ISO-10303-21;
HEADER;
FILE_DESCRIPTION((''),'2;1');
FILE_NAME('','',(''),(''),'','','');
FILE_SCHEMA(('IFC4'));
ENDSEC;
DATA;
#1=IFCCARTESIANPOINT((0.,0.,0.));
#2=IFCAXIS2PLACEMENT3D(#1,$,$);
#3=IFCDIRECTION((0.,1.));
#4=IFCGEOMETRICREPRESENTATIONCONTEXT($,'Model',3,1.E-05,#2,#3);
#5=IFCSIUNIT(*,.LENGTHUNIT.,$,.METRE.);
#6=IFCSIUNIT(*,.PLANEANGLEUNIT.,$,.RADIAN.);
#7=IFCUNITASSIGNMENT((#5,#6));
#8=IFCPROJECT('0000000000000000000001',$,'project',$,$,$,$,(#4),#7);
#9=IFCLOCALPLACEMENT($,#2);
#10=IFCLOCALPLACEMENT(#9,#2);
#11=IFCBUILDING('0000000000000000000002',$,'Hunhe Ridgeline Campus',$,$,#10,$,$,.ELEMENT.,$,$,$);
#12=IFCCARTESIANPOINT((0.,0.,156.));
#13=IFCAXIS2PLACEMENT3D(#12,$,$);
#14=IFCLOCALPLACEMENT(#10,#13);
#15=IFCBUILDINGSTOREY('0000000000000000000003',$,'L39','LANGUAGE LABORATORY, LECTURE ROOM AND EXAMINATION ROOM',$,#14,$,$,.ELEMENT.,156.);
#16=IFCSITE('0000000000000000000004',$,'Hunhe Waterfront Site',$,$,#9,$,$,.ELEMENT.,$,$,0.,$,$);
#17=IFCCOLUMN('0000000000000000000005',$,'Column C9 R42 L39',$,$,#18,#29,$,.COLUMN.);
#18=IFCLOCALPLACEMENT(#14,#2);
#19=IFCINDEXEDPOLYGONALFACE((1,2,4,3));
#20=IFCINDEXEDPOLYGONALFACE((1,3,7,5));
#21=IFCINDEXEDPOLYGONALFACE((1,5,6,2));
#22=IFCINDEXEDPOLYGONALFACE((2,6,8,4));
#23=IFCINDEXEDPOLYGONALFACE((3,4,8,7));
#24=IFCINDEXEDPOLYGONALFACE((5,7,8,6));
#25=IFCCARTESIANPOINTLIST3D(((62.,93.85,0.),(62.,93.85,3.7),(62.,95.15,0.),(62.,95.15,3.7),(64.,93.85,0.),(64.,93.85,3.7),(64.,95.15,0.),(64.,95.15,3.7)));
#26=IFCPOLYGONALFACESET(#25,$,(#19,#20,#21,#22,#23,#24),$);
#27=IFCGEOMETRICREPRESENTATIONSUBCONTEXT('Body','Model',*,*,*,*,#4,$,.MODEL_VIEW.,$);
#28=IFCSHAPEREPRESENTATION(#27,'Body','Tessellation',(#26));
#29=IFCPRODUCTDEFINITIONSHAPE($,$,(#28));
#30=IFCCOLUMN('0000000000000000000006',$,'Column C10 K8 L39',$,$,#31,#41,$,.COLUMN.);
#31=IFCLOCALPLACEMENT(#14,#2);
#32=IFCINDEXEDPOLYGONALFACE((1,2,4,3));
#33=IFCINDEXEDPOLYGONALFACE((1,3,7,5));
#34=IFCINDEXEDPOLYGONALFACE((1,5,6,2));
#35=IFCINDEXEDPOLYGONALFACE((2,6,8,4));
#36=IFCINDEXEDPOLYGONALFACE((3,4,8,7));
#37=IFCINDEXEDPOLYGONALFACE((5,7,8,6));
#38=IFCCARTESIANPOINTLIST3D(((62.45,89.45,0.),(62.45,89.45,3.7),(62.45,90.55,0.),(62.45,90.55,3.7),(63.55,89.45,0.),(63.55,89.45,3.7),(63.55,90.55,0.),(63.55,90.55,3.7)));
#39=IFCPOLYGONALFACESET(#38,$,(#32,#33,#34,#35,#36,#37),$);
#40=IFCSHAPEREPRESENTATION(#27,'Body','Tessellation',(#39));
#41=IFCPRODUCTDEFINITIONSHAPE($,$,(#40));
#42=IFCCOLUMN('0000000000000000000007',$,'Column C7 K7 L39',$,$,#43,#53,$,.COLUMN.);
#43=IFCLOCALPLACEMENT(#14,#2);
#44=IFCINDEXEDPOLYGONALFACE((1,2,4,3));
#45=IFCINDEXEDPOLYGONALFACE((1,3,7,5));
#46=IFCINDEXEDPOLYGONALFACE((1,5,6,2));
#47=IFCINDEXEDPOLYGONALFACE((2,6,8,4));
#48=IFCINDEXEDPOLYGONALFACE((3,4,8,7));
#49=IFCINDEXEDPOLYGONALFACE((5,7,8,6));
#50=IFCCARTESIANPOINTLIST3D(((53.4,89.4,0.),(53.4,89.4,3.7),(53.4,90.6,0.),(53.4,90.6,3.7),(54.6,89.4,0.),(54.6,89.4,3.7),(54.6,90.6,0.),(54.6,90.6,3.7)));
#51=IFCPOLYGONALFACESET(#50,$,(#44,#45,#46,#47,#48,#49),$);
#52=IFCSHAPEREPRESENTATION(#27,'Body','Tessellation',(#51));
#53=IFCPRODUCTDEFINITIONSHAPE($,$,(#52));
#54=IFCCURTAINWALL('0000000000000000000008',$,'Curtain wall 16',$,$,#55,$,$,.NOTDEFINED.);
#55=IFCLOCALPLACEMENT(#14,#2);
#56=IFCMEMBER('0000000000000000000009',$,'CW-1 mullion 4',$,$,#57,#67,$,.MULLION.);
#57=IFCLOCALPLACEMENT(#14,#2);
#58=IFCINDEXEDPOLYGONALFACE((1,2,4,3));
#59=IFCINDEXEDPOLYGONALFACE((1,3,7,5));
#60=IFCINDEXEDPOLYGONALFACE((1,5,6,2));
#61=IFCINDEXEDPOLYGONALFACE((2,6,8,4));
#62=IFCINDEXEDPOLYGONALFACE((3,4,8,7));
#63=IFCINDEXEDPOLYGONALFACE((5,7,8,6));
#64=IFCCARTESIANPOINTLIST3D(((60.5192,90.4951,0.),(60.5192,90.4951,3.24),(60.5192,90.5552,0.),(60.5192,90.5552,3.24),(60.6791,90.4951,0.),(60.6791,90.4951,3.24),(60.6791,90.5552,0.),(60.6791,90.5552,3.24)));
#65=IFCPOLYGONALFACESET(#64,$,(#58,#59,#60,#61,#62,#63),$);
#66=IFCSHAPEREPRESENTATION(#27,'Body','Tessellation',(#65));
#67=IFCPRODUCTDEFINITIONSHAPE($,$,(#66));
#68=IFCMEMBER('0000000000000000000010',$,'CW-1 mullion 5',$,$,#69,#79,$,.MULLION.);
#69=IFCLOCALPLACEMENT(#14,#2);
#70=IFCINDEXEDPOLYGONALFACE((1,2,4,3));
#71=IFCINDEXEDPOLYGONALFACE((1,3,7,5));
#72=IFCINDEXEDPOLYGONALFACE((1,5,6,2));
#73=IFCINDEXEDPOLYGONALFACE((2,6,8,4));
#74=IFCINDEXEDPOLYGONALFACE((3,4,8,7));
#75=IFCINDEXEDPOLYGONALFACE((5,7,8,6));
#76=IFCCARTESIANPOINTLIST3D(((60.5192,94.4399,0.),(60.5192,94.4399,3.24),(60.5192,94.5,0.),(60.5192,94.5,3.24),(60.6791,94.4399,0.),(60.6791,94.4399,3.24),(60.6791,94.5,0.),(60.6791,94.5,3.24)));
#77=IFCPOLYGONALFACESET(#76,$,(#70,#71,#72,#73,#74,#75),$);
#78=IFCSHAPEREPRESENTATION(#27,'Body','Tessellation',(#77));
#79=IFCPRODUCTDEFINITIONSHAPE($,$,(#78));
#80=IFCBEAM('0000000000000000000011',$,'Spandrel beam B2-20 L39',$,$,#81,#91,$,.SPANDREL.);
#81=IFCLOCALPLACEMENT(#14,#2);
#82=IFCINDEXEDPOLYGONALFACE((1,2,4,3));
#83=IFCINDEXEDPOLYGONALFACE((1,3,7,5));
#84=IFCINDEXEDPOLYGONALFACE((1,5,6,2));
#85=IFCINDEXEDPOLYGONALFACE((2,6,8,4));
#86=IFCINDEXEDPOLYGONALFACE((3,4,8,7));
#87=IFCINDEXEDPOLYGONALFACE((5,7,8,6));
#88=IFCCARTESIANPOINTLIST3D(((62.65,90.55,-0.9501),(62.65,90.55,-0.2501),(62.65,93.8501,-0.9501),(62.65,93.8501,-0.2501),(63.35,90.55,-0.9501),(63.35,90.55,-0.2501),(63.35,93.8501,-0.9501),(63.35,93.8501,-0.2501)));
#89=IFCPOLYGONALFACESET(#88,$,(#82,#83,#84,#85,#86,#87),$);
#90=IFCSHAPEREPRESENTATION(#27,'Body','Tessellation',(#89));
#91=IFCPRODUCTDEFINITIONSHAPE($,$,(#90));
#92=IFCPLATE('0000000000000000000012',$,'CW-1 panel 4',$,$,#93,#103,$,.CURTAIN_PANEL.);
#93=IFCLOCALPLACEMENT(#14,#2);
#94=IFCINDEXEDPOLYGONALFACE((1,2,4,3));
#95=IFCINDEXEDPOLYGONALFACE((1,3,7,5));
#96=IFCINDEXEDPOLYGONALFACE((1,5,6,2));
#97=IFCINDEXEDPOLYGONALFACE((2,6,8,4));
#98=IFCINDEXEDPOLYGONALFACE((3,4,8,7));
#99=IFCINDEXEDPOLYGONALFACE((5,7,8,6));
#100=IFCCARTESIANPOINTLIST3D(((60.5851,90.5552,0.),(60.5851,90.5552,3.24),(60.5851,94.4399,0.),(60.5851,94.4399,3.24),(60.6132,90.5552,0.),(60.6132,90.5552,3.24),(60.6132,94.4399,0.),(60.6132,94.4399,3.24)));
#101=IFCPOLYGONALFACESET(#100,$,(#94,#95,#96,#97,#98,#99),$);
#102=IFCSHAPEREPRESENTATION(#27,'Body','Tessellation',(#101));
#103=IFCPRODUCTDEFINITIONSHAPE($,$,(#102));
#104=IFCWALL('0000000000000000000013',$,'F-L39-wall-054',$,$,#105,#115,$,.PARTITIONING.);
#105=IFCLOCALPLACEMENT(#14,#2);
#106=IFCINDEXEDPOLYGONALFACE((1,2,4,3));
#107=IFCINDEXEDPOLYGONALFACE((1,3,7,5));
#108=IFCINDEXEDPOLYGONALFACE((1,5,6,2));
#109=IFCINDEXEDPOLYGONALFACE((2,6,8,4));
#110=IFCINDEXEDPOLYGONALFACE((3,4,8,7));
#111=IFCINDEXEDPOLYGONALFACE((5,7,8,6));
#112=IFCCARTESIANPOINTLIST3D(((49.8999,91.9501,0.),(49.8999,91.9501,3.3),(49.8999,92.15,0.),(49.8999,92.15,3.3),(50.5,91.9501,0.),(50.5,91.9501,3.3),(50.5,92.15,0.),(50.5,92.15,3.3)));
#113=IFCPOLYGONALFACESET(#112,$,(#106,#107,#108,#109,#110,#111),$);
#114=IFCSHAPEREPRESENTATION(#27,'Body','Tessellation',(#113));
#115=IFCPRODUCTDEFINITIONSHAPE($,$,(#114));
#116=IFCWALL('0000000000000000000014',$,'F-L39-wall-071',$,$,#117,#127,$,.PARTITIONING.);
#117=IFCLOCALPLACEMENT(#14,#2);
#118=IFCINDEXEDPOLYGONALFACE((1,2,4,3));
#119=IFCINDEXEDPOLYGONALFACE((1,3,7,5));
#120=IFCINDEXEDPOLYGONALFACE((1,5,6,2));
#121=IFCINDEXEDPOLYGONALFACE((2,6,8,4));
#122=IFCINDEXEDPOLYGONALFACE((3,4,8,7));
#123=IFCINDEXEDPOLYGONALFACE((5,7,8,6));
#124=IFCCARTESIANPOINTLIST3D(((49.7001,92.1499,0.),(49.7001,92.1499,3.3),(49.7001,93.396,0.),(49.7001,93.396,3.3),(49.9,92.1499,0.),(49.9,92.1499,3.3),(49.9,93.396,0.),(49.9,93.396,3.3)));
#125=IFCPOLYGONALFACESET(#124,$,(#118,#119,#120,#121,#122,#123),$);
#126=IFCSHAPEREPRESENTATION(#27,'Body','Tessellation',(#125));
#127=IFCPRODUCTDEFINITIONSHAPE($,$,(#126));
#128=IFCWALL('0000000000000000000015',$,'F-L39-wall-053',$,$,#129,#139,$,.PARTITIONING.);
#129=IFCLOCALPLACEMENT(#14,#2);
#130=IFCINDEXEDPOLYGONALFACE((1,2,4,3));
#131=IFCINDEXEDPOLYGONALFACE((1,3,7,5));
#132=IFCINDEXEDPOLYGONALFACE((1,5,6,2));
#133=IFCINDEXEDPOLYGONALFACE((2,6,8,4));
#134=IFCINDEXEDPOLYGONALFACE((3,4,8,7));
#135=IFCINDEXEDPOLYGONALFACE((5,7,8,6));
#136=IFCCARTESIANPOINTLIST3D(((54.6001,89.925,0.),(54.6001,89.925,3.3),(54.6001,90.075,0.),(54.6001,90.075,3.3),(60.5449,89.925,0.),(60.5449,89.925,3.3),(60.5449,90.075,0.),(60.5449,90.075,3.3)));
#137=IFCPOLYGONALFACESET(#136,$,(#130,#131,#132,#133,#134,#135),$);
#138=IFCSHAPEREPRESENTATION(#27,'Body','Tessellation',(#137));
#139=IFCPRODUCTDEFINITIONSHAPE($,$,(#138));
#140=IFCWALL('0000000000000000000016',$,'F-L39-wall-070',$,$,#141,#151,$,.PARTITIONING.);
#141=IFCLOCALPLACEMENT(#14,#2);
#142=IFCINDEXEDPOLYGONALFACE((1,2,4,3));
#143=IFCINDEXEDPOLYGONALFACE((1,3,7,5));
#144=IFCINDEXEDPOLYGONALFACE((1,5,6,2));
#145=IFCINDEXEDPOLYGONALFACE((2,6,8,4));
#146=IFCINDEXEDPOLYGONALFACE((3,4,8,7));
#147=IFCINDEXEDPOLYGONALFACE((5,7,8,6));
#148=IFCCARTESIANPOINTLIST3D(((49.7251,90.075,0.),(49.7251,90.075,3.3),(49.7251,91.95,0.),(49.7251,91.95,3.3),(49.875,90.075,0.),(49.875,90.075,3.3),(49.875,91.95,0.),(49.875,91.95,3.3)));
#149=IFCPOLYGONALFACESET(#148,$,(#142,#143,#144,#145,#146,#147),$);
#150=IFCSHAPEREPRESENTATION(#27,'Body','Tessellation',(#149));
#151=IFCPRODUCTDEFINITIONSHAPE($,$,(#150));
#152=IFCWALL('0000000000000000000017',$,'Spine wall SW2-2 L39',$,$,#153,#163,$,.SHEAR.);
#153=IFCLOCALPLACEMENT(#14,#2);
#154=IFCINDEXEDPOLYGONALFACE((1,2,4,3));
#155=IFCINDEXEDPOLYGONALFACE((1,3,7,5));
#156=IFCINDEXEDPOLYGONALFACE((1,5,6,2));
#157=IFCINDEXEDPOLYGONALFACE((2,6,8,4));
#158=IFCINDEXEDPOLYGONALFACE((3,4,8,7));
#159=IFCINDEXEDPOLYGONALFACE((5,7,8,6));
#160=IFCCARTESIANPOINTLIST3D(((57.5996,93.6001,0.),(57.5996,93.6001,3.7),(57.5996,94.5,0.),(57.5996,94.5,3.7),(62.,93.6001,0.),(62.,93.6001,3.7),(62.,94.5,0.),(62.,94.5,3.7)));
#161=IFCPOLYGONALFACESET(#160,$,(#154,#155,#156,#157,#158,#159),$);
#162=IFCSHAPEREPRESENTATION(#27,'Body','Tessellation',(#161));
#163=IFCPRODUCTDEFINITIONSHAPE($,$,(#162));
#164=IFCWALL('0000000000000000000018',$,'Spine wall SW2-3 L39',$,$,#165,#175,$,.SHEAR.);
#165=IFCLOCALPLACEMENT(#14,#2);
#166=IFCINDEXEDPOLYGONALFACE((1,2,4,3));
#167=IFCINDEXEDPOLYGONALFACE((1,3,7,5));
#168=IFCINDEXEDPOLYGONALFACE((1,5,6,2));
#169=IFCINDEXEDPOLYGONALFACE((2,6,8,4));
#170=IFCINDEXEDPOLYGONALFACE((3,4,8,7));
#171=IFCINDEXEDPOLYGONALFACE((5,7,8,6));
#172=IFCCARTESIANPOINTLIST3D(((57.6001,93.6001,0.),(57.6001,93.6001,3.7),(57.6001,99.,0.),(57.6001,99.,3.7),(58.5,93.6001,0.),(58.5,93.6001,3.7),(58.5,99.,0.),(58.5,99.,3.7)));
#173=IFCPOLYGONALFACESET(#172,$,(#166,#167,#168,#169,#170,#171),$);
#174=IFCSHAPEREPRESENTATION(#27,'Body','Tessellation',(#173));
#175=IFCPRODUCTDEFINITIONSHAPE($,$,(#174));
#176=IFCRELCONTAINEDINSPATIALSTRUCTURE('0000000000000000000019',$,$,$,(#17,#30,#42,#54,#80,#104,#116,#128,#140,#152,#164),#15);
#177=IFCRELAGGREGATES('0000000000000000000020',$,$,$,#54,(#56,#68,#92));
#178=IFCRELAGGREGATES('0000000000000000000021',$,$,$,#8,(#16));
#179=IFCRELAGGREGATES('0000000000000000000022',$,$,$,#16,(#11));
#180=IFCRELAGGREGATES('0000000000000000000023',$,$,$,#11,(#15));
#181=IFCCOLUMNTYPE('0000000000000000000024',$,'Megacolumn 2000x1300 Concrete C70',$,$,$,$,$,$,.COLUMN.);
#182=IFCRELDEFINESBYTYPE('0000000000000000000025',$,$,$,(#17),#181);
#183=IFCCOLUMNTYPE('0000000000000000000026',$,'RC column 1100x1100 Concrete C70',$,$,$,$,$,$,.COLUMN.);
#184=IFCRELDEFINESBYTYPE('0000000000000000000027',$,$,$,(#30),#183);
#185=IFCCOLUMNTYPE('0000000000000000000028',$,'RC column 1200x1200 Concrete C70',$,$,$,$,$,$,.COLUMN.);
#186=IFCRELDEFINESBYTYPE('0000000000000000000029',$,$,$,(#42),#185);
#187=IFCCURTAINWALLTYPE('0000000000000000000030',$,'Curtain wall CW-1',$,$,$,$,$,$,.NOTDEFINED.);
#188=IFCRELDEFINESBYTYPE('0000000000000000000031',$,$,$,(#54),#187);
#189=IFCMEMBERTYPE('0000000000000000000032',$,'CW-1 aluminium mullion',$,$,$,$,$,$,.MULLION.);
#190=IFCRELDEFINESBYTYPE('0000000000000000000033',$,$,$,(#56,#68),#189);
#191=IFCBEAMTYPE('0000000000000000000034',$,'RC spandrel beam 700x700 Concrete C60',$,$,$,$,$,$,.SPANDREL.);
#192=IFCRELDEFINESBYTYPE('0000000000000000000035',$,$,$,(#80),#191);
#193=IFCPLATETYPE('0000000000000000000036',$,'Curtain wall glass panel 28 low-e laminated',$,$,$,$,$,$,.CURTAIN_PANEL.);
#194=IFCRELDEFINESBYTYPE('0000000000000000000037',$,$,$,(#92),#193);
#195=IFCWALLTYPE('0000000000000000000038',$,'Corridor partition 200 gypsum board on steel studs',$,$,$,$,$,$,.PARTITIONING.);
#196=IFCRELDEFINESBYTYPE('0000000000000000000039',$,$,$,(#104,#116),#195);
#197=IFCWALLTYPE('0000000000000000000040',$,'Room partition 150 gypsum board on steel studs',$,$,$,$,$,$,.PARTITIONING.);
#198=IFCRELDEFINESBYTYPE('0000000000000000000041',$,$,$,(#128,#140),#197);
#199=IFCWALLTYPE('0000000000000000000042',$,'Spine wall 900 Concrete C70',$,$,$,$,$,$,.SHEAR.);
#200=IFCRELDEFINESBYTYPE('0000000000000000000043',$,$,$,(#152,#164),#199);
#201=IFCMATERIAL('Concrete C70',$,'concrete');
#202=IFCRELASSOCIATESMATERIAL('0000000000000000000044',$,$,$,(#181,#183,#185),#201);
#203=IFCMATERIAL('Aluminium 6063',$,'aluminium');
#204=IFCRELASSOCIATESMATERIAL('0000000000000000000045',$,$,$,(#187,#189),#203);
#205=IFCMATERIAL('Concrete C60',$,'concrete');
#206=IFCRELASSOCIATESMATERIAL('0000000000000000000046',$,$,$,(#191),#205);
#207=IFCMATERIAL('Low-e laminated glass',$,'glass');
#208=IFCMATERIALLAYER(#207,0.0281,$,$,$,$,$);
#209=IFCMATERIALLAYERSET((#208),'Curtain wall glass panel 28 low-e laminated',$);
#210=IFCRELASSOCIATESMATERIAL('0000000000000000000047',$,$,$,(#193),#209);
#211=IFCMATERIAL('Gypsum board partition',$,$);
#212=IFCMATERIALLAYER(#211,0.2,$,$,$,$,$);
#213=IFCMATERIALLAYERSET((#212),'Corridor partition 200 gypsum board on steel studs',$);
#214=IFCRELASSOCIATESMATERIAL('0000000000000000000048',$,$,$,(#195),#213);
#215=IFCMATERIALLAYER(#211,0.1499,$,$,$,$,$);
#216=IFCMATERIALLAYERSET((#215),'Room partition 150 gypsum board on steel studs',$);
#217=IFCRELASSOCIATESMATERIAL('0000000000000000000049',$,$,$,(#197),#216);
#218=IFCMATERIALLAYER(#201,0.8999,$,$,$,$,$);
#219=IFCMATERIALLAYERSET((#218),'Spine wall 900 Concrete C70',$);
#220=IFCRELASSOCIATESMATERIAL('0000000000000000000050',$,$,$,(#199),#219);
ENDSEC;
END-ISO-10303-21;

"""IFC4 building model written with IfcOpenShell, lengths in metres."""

from ifc_helpers import new_model, si_unit, direction, frame, frame_2d, origin, origin_2d, place, context, subcontext, project, spatial, rectangle, extrude, material, layer, layer_set, material_profile, profile_set, type_object, element, aggregate, save


model = new_model("IFC4")

# Units and contexts
model_context = context("Model", 3, precision=1e-05, world=origin(), true_north=direction((0.0, 1.0)))
body_context = subcontext(model_context, "Body", "Model", "MODEL_VIEW")
ifc_project = project(units=[si_unit("LENGTHUNIT", "METRE"), si_unit("PLANEANGLEUNIT", "RADIAN")], contexts=[model_context])

# Site, building, storey
site_placement = place(None, origin())
site = spatial("IfcSite", under=ifc_project, at=site_placement, Name="Hunhe Waterfront Site", CompositionType="ELEMENT", RefElevation=0.0)
building_placement = place(site_placement, origin())
building = spatial("IfcBuilding", under=site, at=building_placement, Name="Hunhe Ridgeline Campus", CompositionType="ELEMENT")
storey_placement = place(building_placement, frame((0.0, 0.0, 156.0)))
storey = spatial("IfcBuildingStorey", under=building, at=storey_placement, Name="L39", Description="LANGUAGE LABORATORY, LECTURE ROOM AND EXAMINATION ROOM", CompositionType="ELEMENT", Elevation=156.0)

# Columns
ifc_material_1 = material(Name="Concrete C70", Category="concrete")
ifc_material_profile_1 = material_profile(ifc_material_1, rectangle(XDim=2.0, YDim=1.3, at=origin_2d()))
ifc_profile_set_1 = profile_set([ifc_material_profile_1], Name="Concrete C70")
column_type_1 = type_object("IfcColumnType", Name="Megacolumn 2000x1300 Concrete C70", PredefinedType="COLUMN", material=ifc_profile_set_1)
column_1_placement = place(storey_placement, frame((63.0, 94.5, 0.0), z_axis=(0.0, 0.0, 1.0), x_axis=(1.0, 0.0, 0.0)))
element("IfcColumn", 1, at=column_1_placement, inside=storey, type_object=column_type_1, Name="Column C9 R42 L39", PredefinedType="COLUMN", context=body_context, shape_type="SweptSolid", body=[
    extrude(rectangle(XDim=2.0, YDim=1.3, at=origin_2d()), origin(), (0.0, 0.0, 1.0), 3.7),
])
ifc_material_profile_2 = material_profile(ifc_material_1, rectangle(XDim=1.1001, YDim=1.1001, at=origin_2d()))
ifc_profile_set_2 = profile_set([ifc_material_profile_2], Name="Concrete C70")
column_type_2 = type_object("IfcColumnType", Name="RC column 1100x1100 Concrete C70", PredefinedType="COLUMN", material=ifc_profile_set_2)
column_2_placement = place(storey_placement, frame((63.0, 90.0, 0.0), z_axis=(0.0, 0.0, 1.0), x_axis=(1.0, 0.0, 0.0)))
element("IfcColumn", 2, at=column_2_placement, inside=storey, type_object=column_type_2, Name="Column C10 K8 L39", PredefinedType="COLUMN", context=body_context, shape_type="SweptSolid", body=[
    extrude(rectangle(XDim=1.1001, YDim=1.1001, at=origin_2d()), origin(), (0.0, 0.0, 1.0), 3.7),
])
ifc_material_profile_3 = material_profile(ifc_material_1, rectangle(XDim=1.2, YDim=1.2, at=origin_2d()))
ifc_profile_set_3 = profile_set([ifc_material_profile_3], Name="Concrete C70")
column_type_3 = type_object("IfcColumnType", Name="RC column 1200x1200 Concrete C70", PredefinedType="COLUMN", material=ifc_profile_set_3)
column_3_placement = place(storey_placement, frame((54.0, 90.0, 0.0), z_axis=(0.0, 0.0, 1.0), x_axis=(1.0, 0.0, 0.0)))
element("IfcColumn", 3, at=column_3_placement, inside=storey, type_object=column_type_3, Name="Column C7 K7 L39", PredefinedType="COLUMN", context=body_context, shape_type="SweptSolid", body=[
    extrude(rectangle(XDim=1.2, YDim=1.2, at=origin_2d()), origin(), (0.0, 0.0, 1.0), 3.7),
])

# Curtain wall, members
ifc_material_2 = material(Name="Aluminium 6063", Category="aluminium")
curtain_wall_type = type_object("IfcCurtainWallType", Name="Curtain wall CW-1", PredefinedType="NOTDEFINED", material=ifc_material_2)
curtain_wall_placement = place(storey_placement, origin())
curtain_wall = element("IfcCurtainWall", 4, at=curtain_wall_placement, inside=storey, type_object=curtain_wall_type, Name="Curtain wall 16", PredefinedType="NOTDEFINED")
ifc_material_profile_4 = material_profile(ifc_material_2, rectangle(XDim=0.1599, YDim=0.0601, at=origin_2d()))
ifc_profile_set_4 = profile_set([ifc_material_profile_4], Name="Aluminium 6063")
member_type = type_object("IfcMemberType", Name="CW-1 aluminium mullion", PredefinedType="MULLION", material=ifc_profile_set_4)
member_1_placement = place(storey_placement, frame((60.5991, 90.5251, 0.0), z_axis=(0.0, 0.0, 1.0), x_axis=(-1.0, 0.0, 0.0)))
member_1 = element("IfcMember", 5, at=member_1_placement, type_object=member_type, Name="CW-1 mullion 4", PredefinedType="MULLION", context=body_context, shape_type="SweptSolid", body=[
    extrude(rectangle(XDim=0.1599, YDim=0.0601, at=origin_2d()), origin(), (0.0, 0.0, 1.0), 3.24),
])
member_2_placement = place(storey_placement, frame((60.5991, 94.47, 0.0), z_axis=(0.0, 0.0, 1.0), x_axis=(-1.0, 0.0, 0.0)))
member_2 = element("IfcMember", 6, at=member_2_placement, type_object=member_type, Name="CW-1 mullion 5", PredefinedType="MULLION", context=body_context, shape_type="SweptSolid", body=[
    extrude(rectangle(XDim=0.1599, YDim=0.0601, at=origin_2d()), origin(), (0.0, 0.0, 1.0), 3.24),
])

# Beam
ifc_material_3 = material(Name="Concrete C60", Category="concrete")
ifc_material_profile_5 = material_profile(ifc_material_3, rectangle(XDim=0.7, YDim=0.7, at=origin_2d()))
ifc_profile_set_5 = profile_set([ifc_material_profile_5], Name="Concrete C60")
beam_type = type_object("IfcBeamType", Name="RC spandrel beam 700x700 Concrete C60", PredefinedType="SPANDREL", material=ifc_profile_set_5)
beam_placement = place(storey_placement, frame((63.0, 90.55, -0.6001), z_axis=(0.0, 1.0, 0.0), x_axis=(-1.0, 0.0, 0.0)))
element("IfcBeam", 7, at=beam_placement, inside=storey, type_object=beam_type, Name="Spandrel beam B2-20 L39", PredefinedType="SPANDREL", context=body_context, shape_type="SweptSolid", body=[
    extrude(rectangle(XDim=0.7, YDim=0.7, at=origin_2d()), origin(), (0.0, 0.0, 1.0), 3.3),
])

# Plate
ifc_material_4 = material(Name="Low-e laminated glass", Category="glass")
ifc_layer_1 = layer(ifc_material_4, 0.0281)
ifc_layer_set_1 = layer_set([ifc_layer_1], Name="Curtain wall glass panel 28 low-e laminated")
plate_type = type_object("IfcPlateType", Name="Curtain wall glass panel 28 low-e laminated", PredefinedType="CURTAIN_PANEL", material=ifc_layer_set_1)
plate_placement = place(storey_placement, frame((60.5991, 92.4976, 0.0), z_axis=(0.0, 0.0, 1.0), x_axis=(0.0, 1.0, 0.0)))
plate = element("IfcPlate", 8, at=plate_placement, type_object=plate_type, Name="CW-1 panel 4", PredefinedType="CURTAIN_PANEL", context=body_context, shape_type="SweptSolid", body=[
    extrude(rectangle(XDim=3.8848, YDim=0.0281, at=origin_2d()), origin(), (0.0, 0.0, 1.0), 3.24),
])
aggregate(curtain_wall, [member_1, member_2, plate])

# Walls
ifc_material_5 = material(Name="Gypsum board partition")
ifc_layer_2 = layer(ifc_material_5, 0.2)
ifc_layer_set_2 = layer_set([ifc_layer_2], Name="Corridor partition 200 gypsum board on steel studs")
wall_type_1 = type_object("IfcWallType", Name="Corridor partition 200 gypsum board on steel studs", PredefinedType="PARTITIONING", material=ifc_layer_set_2)
wall_1_placement = place(storey_placement, frame((50.5, 92.05, 0.0), z_axis=(0.0, 0.0, 1.0), x_axis=(-1.0, 0.0, 0.0)))
element("IfcWall", 9, at=wall_1_placement, inside=storey, type_object=wall_type_1, Name="F-L39-wall-054", PredefinedType="PARTITIONING", context=body_context, shape_type="SweptSolid", body=[
    extrude(rectangle(XDim=0.6001, YDim=0.2, at=frame_2d((0.3, 0.0))), origin(), (0.0, 0.0, 1.0), 3.3),
])
wall_2_placement = place(storey_placement, frame((49.8, 92.1499, 0.0), z_axis=(0.0, 0.0, 1.0), x_axis=(0.0, 1.0, 0.0)))
element("IfcWall", 10, at=wall_2_placement, inside=storey, type_object=wall_type_1, Name="F-L39-wall-071", PredefinedType="PARTITIONING", context=body_context, shape_type="SweptSolid", body=[
    extrude(rectangle(XDim=1.2461, YDim=0.2, at=frame_2d((0.623, 0.0))), origin(), (0.0, 0.0, 1.0), 3.3),
])

# Walls
ifc_layer_3 = layer(ifc_material_5, 0.1499)
ifc_layer_set_3 = layer_set([ifc_layer_3], Name="Room partition 150 gypsum board on steel studs")
wall_type_2 = type_object("IfcWallType", Name="Room partition 150 gypsum board on steel studs", PredefinedType="PARTITIONING", material=ifc_layer_set_3)
wall_3_placement = place(storey_placement, frame((54.6001, 90.0, 0.0), z_axis=(0.0, 0.0, 1.0), x_axis=(1.0, 0.0, 0.0)))
element("IfcWall", 11, at=wall_3_placement, inside=storey, type_object=wall_type_2, Name="F-L39-wall-053", PredefinedType="PARTITIONING", context=body_context, shape_type="SweptSolid", body=[
    extrude(rectangle(XDim=5.9448, YDim=0.1499, at=frame_2d((2.9724, 0.0))), origin(), (0.0, 0.0, 1.0), 3.3),
])
wall_4_placement = place(storey_placement, frame((49.8, 91.95, 0.0), z_axis=(0.0, 0.0, 1.0), x_axis=(0.0, -1.0, 0.0)))
element("IfcWall", 12, at=wall_4_placement, inside=storey, type_object=wall_type_2, Name="F-L39-wall-070", PredefinedType="PARTITIONING", context=body_context, shape_type="SweptSolid", body=[
    extrude(rectangle(XDim=1.875, YDim=0.1499, at=frame_2d((0.9375, 0.0))), origin(), (0.0, 0.0, 1.0), 3.3),
])
ifc_layer_4 = layer(ifc_material_1, 0.8999)
ifc_layer_set_4 = layer_set([ifc_layer_4], Name="Spine wall 900 Concrete C70")
wall_type_3 = type_object("IfcWallType", Name="Spine wall 900 Concrete C70", PredefinedType="SHEAR", material=ifc_layer_set_4)
wall_5_placement = place(storey_placement, frame((62.0, 94.05, 0.0), z_axis=(0.0, 0.0, 1.0), x_axis=(-1.0, 0.0, 0.0)))
element("IfcWall", 13, at=wall_5_placement, inside=storey, type_object=wall_type_3, Name="Spine wall SW2-2 L39", PredefinedType="SHEAR", context=body_context, shape_type="SweptSolid", body=[
    extrude(rectangle(XDim=4.4004, YDim=0.8999, at=frame_2d((2.2002, 0.0))), origin(), (0.0, 0.0, 1.0), 3.7),
])
wall_6_placement = place(storey_placement, frame((58.05, 93.6001, 0.0), z_axis=(0.0, 0.0, 1.0), x_axis=(0.0, 1.0, 0.0)))
element("IfcWall", 14, at=wall_6_placement, inside=storey, type_object=wall_type_3, Name="Spine wall SW2-3 L39", PredefinedType="SHEAR", context=body_context, shape_type="SweptSolid", body=[
    extrude(rectangle(XDim=5.3999, YDim=0.8999, at=frame_2d((2.7, 0.0))), origin(), (0.0, 0.0, 1.0), 3.7),
])

save(model, "model.ifc")
